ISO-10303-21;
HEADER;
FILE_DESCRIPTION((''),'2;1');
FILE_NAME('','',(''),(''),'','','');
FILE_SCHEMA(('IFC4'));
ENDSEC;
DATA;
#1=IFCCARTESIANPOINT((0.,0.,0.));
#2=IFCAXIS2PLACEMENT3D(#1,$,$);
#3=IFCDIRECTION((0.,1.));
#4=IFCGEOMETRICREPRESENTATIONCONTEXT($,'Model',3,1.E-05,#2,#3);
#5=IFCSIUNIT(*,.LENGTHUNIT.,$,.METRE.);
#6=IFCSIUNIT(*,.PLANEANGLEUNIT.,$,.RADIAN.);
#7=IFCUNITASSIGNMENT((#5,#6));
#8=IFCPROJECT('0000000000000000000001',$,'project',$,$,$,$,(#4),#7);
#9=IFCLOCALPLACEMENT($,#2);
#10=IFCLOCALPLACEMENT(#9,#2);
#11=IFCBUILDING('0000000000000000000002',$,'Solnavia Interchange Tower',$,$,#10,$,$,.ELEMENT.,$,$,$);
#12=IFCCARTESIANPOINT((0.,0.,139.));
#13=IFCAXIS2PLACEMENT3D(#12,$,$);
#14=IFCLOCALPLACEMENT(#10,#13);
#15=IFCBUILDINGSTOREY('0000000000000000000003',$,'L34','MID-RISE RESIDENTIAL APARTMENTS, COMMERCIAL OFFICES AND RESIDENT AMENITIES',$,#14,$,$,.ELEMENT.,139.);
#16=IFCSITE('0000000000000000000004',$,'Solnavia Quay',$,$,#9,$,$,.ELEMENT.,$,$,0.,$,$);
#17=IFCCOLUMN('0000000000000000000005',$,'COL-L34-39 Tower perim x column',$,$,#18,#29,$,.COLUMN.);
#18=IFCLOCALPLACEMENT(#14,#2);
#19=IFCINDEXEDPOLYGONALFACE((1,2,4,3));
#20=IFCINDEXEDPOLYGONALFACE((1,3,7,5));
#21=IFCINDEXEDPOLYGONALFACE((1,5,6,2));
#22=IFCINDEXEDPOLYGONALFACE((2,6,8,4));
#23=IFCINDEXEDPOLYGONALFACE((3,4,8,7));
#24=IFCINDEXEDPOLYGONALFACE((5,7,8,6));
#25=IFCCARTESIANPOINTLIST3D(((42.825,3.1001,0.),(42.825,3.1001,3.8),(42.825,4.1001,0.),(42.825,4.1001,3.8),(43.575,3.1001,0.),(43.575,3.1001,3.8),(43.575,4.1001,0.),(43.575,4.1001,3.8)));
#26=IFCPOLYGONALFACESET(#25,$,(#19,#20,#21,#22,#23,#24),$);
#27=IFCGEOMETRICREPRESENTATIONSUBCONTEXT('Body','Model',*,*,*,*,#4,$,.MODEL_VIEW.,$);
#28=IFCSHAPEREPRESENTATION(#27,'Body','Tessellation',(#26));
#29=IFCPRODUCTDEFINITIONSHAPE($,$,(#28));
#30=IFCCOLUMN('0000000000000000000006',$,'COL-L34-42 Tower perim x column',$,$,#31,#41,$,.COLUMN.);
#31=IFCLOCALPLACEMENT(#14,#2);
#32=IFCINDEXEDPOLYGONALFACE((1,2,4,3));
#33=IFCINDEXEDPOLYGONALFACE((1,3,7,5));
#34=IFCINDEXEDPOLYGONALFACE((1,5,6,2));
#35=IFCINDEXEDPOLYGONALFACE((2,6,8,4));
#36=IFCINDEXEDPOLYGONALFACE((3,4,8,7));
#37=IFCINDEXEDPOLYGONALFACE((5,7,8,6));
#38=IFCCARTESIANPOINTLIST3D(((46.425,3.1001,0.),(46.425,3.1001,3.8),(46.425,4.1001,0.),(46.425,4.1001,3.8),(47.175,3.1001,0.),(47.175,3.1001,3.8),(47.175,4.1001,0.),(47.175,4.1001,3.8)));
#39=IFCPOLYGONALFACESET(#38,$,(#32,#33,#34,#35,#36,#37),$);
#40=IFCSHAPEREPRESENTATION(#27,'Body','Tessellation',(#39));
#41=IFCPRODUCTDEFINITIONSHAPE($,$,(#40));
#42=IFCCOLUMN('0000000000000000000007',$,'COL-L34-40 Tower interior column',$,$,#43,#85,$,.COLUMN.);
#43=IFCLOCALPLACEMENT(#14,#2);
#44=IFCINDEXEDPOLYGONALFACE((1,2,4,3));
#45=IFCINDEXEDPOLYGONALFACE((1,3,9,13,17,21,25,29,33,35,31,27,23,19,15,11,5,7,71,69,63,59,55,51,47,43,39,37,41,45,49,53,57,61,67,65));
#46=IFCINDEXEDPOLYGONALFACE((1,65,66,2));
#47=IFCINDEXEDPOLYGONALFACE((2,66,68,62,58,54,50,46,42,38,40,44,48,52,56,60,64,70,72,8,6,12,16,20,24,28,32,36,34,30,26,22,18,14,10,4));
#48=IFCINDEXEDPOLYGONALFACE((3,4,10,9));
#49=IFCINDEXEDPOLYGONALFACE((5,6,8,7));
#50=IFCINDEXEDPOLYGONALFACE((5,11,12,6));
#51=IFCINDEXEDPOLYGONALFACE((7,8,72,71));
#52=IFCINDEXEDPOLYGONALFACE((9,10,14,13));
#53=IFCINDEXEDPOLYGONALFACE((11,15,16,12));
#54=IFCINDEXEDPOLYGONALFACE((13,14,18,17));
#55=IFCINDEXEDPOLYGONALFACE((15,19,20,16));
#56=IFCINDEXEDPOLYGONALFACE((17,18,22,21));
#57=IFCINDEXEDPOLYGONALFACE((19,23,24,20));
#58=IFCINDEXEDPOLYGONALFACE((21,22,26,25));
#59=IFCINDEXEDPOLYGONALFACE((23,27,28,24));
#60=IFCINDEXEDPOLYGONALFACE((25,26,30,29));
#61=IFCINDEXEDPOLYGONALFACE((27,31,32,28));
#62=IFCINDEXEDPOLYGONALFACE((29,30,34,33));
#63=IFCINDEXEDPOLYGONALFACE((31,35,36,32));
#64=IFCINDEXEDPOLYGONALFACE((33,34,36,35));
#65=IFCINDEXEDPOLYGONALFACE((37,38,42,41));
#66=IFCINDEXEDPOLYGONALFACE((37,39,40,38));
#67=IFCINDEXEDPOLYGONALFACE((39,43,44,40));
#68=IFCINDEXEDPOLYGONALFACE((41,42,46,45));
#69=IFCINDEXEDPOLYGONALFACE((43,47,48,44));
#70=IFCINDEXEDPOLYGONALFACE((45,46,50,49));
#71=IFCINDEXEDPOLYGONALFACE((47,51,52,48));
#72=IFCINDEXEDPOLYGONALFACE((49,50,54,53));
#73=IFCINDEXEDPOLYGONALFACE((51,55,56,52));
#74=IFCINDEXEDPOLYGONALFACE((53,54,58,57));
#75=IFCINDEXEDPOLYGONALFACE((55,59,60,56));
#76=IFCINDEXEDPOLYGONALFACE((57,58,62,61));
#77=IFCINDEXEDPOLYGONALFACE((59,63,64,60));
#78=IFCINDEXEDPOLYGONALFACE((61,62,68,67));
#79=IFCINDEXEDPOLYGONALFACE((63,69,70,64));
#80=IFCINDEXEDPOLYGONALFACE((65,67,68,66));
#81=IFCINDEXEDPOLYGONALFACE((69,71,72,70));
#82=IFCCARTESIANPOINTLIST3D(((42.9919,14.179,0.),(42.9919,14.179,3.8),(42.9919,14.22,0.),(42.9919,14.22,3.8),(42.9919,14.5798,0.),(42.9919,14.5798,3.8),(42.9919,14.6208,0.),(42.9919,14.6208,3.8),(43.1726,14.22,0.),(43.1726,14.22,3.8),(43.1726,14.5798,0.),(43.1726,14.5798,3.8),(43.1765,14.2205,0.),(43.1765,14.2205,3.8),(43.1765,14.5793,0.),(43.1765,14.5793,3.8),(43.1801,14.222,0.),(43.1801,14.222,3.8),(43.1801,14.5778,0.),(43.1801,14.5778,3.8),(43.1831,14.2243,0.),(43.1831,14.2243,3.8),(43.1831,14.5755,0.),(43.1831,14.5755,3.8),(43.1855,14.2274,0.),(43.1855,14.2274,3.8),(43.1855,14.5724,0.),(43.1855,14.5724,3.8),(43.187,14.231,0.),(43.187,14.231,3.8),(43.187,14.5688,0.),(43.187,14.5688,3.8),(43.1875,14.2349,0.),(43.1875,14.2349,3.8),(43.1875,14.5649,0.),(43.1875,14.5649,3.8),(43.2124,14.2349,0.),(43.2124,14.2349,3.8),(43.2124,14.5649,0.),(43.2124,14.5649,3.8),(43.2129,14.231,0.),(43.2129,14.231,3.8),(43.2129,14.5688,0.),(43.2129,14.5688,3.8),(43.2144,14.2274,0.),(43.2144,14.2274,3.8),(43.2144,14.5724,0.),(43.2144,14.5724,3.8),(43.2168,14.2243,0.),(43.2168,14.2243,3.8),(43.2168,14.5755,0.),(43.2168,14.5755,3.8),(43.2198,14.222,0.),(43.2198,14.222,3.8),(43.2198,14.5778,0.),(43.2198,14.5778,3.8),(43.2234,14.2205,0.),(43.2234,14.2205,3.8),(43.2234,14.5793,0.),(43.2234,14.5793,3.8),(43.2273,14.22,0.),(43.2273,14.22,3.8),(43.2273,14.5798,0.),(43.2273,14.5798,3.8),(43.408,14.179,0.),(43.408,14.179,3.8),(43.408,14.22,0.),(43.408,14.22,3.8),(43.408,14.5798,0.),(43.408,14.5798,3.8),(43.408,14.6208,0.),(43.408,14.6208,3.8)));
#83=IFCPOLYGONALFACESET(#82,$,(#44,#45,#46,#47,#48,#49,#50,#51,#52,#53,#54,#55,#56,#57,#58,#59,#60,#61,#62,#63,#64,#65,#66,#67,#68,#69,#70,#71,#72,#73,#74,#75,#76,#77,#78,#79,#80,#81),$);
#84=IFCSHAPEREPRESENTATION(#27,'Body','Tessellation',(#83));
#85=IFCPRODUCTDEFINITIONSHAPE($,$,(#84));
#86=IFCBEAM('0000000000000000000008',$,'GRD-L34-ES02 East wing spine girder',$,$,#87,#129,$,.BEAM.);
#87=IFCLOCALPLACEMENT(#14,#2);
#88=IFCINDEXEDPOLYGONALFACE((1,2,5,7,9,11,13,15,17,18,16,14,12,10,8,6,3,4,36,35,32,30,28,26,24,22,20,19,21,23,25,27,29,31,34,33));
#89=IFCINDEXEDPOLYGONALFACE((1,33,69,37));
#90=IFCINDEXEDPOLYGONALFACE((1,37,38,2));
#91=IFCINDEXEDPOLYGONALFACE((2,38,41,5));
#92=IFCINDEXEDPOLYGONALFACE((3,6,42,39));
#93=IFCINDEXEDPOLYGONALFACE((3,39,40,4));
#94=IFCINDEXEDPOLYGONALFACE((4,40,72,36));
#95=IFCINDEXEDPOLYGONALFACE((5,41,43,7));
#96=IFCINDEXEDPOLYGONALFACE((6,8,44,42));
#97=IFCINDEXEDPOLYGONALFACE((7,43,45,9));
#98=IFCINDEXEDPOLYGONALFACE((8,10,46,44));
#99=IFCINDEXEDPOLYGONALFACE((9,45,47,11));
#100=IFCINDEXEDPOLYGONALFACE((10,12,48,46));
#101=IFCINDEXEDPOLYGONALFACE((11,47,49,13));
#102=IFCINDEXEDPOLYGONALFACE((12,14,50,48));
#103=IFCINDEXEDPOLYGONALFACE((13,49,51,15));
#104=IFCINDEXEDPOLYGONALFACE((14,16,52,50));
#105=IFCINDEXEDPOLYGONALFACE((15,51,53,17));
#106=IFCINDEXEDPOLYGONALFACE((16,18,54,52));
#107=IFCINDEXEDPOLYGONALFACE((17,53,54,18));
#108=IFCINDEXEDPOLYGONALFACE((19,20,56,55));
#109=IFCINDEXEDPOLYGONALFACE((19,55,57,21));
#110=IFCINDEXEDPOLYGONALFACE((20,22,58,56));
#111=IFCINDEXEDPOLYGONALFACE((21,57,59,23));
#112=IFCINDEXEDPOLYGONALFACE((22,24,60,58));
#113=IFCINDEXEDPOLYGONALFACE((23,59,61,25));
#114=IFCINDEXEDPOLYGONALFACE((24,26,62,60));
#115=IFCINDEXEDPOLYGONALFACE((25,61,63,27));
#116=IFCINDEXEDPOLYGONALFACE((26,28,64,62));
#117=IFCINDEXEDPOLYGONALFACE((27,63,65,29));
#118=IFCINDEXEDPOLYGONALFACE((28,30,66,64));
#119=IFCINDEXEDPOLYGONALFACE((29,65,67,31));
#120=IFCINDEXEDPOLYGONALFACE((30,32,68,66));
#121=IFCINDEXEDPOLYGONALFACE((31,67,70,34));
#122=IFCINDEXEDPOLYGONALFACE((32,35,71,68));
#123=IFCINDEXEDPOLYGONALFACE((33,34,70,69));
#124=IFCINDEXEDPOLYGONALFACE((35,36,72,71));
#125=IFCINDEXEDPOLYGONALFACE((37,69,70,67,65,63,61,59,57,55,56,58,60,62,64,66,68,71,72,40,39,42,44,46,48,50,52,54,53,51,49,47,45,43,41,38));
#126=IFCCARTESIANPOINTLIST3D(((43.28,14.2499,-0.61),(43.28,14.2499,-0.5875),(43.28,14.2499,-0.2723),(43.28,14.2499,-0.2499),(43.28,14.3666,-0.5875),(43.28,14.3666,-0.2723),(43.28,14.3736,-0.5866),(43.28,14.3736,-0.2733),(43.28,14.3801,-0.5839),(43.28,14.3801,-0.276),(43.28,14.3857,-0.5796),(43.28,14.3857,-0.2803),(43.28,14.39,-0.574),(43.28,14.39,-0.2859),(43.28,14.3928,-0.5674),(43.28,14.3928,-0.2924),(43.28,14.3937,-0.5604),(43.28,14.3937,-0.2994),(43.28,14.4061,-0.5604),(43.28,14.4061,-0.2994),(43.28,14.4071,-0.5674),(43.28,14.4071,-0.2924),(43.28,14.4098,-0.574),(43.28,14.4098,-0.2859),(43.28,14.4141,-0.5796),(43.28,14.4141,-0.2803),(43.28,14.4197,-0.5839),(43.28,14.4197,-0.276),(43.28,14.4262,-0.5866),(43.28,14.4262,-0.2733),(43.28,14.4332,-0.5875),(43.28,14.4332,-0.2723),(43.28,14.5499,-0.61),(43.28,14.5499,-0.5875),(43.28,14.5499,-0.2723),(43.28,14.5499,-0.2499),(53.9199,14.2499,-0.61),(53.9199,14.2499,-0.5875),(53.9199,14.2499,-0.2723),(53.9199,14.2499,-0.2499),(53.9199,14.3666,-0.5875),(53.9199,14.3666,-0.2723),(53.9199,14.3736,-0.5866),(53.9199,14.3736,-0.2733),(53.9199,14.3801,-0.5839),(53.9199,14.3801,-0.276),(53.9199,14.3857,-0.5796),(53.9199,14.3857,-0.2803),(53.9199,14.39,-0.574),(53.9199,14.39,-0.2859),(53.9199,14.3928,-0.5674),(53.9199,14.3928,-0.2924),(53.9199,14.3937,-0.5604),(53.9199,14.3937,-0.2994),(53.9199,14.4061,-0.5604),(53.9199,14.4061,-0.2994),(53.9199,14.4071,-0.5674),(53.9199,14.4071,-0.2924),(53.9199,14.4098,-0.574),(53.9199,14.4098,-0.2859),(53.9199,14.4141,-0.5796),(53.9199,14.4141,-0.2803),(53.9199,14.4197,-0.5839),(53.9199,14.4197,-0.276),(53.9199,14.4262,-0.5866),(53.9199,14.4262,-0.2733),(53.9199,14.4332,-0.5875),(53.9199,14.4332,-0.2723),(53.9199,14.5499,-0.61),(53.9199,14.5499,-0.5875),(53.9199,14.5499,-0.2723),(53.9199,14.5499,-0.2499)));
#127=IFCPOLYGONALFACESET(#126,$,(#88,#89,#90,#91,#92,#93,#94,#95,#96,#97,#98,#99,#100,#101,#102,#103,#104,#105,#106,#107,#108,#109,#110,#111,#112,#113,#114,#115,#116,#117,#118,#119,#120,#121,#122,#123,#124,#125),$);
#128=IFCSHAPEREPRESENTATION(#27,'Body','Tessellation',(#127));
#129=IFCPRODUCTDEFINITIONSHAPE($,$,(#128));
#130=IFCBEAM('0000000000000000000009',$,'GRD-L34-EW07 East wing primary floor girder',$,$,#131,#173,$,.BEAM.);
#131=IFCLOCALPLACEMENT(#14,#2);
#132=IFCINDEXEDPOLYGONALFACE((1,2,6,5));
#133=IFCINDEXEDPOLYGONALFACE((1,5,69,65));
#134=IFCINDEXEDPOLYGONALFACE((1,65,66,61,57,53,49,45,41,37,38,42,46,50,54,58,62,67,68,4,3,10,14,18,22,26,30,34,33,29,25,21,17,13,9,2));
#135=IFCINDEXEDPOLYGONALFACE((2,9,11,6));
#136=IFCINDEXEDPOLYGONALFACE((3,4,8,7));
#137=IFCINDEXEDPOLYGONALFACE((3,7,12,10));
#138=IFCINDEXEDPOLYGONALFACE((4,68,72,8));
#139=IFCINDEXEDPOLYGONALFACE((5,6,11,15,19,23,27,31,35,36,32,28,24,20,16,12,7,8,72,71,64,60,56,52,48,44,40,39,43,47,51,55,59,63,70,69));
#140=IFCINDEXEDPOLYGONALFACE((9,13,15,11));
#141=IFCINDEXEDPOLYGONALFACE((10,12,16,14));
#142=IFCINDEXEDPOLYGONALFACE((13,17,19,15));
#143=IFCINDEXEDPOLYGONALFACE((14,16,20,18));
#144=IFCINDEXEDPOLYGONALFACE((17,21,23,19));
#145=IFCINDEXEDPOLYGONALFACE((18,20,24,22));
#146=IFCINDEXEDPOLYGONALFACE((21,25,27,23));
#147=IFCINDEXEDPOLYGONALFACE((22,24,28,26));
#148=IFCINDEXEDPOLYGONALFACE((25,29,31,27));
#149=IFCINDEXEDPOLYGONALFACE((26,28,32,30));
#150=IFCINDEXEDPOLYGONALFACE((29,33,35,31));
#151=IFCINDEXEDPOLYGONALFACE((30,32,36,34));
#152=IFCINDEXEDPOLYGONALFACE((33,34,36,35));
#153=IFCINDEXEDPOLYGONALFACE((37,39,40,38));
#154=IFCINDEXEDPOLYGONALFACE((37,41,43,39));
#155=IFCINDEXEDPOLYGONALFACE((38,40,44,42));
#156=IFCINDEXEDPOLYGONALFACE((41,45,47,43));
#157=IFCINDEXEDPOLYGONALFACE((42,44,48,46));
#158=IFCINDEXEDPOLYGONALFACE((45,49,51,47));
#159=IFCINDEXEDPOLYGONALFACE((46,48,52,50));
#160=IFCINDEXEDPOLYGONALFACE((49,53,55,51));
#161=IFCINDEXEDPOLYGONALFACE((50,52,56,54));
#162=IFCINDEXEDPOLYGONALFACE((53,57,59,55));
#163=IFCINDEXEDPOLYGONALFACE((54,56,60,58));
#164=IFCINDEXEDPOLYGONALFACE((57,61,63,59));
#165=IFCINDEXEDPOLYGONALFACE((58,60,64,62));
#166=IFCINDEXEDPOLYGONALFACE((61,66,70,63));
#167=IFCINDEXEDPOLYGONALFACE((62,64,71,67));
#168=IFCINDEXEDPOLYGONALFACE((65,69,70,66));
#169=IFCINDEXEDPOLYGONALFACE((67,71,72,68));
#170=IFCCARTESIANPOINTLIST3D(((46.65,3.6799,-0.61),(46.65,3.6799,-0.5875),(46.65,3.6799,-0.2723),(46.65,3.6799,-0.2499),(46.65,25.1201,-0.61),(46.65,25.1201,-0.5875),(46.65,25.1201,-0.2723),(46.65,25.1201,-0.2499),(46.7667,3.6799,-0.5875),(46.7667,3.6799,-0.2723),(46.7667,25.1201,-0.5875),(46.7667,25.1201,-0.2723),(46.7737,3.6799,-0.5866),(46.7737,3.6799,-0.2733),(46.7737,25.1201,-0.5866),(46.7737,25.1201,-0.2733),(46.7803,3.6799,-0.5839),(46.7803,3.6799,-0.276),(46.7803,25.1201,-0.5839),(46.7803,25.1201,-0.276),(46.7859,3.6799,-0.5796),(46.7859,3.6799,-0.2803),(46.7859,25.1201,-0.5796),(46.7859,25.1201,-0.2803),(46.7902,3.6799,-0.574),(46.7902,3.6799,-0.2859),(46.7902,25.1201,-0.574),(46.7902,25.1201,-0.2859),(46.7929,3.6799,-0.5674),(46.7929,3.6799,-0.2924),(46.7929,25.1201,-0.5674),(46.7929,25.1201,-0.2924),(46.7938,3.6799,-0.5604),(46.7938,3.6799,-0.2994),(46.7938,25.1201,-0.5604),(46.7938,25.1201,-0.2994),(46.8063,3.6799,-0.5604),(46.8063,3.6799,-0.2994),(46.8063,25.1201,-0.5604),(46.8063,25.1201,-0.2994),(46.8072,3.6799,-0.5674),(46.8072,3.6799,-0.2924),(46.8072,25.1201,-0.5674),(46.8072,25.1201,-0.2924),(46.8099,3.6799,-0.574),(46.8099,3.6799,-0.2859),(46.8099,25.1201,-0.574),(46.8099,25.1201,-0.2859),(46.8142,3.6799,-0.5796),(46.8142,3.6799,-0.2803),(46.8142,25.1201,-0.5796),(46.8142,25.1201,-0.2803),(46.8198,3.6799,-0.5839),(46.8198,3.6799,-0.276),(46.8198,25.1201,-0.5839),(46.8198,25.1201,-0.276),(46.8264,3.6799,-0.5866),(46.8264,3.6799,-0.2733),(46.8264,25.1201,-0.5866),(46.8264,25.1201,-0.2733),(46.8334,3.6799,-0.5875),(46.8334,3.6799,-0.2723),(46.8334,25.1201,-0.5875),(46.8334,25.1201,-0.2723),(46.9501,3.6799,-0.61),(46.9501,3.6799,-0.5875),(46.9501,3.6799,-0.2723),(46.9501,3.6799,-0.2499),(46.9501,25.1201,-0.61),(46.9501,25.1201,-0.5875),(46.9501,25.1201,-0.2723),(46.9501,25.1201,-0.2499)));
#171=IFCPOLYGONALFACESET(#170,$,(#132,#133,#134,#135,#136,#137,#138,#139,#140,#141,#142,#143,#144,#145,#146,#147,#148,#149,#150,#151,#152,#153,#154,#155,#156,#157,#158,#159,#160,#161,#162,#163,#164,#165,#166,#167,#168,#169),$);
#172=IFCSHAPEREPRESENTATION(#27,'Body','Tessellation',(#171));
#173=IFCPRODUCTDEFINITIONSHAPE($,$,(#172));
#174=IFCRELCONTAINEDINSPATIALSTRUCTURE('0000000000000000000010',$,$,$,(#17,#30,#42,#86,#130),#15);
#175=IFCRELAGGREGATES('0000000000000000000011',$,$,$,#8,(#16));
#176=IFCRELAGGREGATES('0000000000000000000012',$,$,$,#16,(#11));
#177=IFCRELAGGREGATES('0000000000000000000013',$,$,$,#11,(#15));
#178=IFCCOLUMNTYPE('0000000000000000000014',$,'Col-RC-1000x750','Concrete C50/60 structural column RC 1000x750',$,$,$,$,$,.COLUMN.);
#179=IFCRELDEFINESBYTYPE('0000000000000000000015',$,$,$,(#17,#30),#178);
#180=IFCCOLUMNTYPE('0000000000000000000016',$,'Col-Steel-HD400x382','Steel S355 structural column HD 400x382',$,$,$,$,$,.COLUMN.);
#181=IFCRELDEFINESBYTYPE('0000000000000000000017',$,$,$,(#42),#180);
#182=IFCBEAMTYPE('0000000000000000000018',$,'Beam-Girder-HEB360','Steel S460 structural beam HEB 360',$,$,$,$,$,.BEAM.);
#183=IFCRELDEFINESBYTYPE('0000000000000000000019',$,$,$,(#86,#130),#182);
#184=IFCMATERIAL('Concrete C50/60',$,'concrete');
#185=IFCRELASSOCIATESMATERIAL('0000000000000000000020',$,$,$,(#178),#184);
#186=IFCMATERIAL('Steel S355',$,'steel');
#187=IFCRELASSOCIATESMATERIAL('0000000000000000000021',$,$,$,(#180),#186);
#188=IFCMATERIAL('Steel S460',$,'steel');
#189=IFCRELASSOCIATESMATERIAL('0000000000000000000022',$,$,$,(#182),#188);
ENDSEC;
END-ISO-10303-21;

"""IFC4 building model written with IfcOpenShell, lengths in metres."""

from ifc_helpers import new_model, si_unit, direction, frame, origin, origin_2d, place, context, subcontext, project, spatial, rectangle, i_section, extrude, material, material_profile, profile_set, type_object, element, save


model = new_model("IFC4")

# Units and contexts
model_context = context("Model", 3, precision=1e-05, world=origin(), true_north=direction((0.0, 1.0)))
body_context = subcontext(model_context, "Body", "Model", "MODEL_VIEW")
ifc_project = project(units=[si_unit("LENGTHUNIT", "METRE"), si_unit("PLANEANGLEUNIT", "RADIAN")], contexts=[model_context])

# Site, building, storey
site_placement = place(None, origin())
site = spatial("IfcSite", under=ifc_project, at=site_placement, Name="Solnavia Quay", CompositionType="ELEMENT", RefElevation=0.0)
building_placement = place(site_placement, origin())
building = spatial("IfcBuilding", under=site, at=building_placement, Name="Solnavia Interchange Tower", CompositionType="ELEMENT")
storey_placement = place(building_placement, frame((0.0, 0.0, 139.0)))
storey = spatial("IfcBuildingStorey", under=building, at=storey_placement, Name="L34", Description="MID-RISE RESIDENTIAL APARTMENTS, COMMERCIAL OFFICES AND RESIDENT AMENITIES", CompositionType="ELEMENT", Elevation=139.0)

# Columns
ifc_material_1 = material(Name="Concrete C50/60", Category="concrete")
ifc_material_profile_1 = material_profile(ifc_material_1, rectangle(XDim=0.75, YDim=1.0, at=origin_2d()), Name="RC 1000x750")
ifc_profile_set_1 = profile_set([ifc_material_profile_1], Name="Concrete C50/60")
column_type_1 = type_object("IfcColumnType", Name="Col-RC-1000x750", Description="Concrete C50/60 structural column RC 1000x750", PredefinedType="COLUMN", material=ifc_profile_set_1)
for number, where, z_axis, x_axis, name in (
    (1, (43.2, 3.6001, 0.0), (0.0, 0.0, 1.0), (1.0, 0.0, 0.0), "COL-L34-39 Tower perim x column"),
    (2, (46.8, 3.6001, 0.0), (0.0, 0.0, 1.0), (1.0, 0.0, 0.0), "COL-L34-42 Tower perim x column"),
):
    element("IfcColumn", number, at=place(storey_placement, frame(where, z_axis=z_axis, x_axis=x_axis)), inside=storey, type_object=column_type_1, Name=name, PredefinedType="COLUMN", context=body_context, shape_type="SweptSolid", body=[
        extrude(rectangle(XDim=0.75, YDim=1.0, at=origin_2d()), origin(), (0.0, 0.0, 1.0), 3.8),
    ])
ifc_material_2 = material(Name="Steel S355", Category="steel")
ifc_material_profile_2 = material_profile(ifc_material_2, i_section(OverallWidth=0.416, OverallDepth=0.4419, WebThickness=0.0249, FlangeThickness=0.041, FilletRadius=0.0149, at=origin_2d()), Name="HD 400x382")
ifc_profile_set_2 = profile_set([ifc_material_profile_2], Name="Steel S355")
column_type_2 = type_object("IfcColumnType", Name="Col-Steel-HD400x382", Description="Steel S355 structural column HD 400x382", PredefinedType="COLUMN", material=ifc_profile_set_2)
column_placement = place(storey_placement, frame((43.2, 14.3999, 0.0), z_axis=(0.0, 0.0, 1.0), x_axis=(1.0, 0.0, 0.0)))
element("IfcColumn", 3, at=column_placement, inside=storey, type_object=column_type_2, Name="COL-L34-40 Tower interior column", PredefinedType="COLUMN", context=body_context, shape_type="SweptSolid", body=[
    extrude(i_section(OverallWidth=0.416, OverallDepth=0.4419, WebThickness=0.0249, FlangeThickness=0.041, FilletRadius=0.0149, at=origin_2d()), origin(), (0.0, 0.0, 1.0), 3.8),
])

# Beams
ifc_material_3 = material(Name="Steel S460", Category="steel")
ifc_material_profile_3 = material_profile(ifc_material_3, i_section(OverallWidth=0.3, OverallDepth=0.3601, WebThickness=0.0125, FlangeThickness=0.0225, FilletRadius=0.0271, at=origin_2d()), Name="HEB 360")
ifc_profile_set_3 = profile_set([ifc_material_profile_3], Name="Steel S460")
beam_type_1 = type_object("IfcBeamType", Name="Beam-Girder-HEB360", Description="Steel S460 structural beam HEB 360", PredefinedType="BEAM", material=ifc_profile_set_3)
beam_1_placement = place(storey_placement, frame((43.28, 14.3999, -0.4299), z_axis=(1.0, 0.0, 0.0), x_axis=(0.0, 1.0, 0.0)))
element("IfcBeam", 4, at=beam_1_placement, inside=storey, type_object=beam_type_1, Name="GRD-L34-ES02 East wing spine girder", PredefinedType="BEAM", context=body_context, shape_type="SweptSolid", body=[
    extrude(i_section(OverallWidth=0.3, OverallDepth=0.3601, WebThickness=0.0125, FlangeThickness=0.0225, FilletRadius=0.0271, at=origin_2d()), origin(), (0.0, 0.0, 1.0), 10.6399),
])
beam_2_placement = place(storey_placement, frame((46.8, 3.6799, -0.4299), z_axis=(0.0, 1.0, 0.0), x_axis=(-1.0, 0.0, 0.0)))
element("IfcBeam", 5, at=beam_2_placement, inside=storey, type_object=beam_type_1, Name="GRD-L34-EW07 East wing primary floor girder", PredefinedType="BEAM", context=body_context, shape_type="SweptSolid", body=[
    extrude(i_section(OverallWidth=0.3, OverallDepth=0.3601, WebThickness=0.0125, FlangeThickness=0.0225, FilletRadius=0.0271, at=origin_2d()), origin(), (0.0, 0.0, 1.0), 21.4402),
])

save(model, "model.ifc")
